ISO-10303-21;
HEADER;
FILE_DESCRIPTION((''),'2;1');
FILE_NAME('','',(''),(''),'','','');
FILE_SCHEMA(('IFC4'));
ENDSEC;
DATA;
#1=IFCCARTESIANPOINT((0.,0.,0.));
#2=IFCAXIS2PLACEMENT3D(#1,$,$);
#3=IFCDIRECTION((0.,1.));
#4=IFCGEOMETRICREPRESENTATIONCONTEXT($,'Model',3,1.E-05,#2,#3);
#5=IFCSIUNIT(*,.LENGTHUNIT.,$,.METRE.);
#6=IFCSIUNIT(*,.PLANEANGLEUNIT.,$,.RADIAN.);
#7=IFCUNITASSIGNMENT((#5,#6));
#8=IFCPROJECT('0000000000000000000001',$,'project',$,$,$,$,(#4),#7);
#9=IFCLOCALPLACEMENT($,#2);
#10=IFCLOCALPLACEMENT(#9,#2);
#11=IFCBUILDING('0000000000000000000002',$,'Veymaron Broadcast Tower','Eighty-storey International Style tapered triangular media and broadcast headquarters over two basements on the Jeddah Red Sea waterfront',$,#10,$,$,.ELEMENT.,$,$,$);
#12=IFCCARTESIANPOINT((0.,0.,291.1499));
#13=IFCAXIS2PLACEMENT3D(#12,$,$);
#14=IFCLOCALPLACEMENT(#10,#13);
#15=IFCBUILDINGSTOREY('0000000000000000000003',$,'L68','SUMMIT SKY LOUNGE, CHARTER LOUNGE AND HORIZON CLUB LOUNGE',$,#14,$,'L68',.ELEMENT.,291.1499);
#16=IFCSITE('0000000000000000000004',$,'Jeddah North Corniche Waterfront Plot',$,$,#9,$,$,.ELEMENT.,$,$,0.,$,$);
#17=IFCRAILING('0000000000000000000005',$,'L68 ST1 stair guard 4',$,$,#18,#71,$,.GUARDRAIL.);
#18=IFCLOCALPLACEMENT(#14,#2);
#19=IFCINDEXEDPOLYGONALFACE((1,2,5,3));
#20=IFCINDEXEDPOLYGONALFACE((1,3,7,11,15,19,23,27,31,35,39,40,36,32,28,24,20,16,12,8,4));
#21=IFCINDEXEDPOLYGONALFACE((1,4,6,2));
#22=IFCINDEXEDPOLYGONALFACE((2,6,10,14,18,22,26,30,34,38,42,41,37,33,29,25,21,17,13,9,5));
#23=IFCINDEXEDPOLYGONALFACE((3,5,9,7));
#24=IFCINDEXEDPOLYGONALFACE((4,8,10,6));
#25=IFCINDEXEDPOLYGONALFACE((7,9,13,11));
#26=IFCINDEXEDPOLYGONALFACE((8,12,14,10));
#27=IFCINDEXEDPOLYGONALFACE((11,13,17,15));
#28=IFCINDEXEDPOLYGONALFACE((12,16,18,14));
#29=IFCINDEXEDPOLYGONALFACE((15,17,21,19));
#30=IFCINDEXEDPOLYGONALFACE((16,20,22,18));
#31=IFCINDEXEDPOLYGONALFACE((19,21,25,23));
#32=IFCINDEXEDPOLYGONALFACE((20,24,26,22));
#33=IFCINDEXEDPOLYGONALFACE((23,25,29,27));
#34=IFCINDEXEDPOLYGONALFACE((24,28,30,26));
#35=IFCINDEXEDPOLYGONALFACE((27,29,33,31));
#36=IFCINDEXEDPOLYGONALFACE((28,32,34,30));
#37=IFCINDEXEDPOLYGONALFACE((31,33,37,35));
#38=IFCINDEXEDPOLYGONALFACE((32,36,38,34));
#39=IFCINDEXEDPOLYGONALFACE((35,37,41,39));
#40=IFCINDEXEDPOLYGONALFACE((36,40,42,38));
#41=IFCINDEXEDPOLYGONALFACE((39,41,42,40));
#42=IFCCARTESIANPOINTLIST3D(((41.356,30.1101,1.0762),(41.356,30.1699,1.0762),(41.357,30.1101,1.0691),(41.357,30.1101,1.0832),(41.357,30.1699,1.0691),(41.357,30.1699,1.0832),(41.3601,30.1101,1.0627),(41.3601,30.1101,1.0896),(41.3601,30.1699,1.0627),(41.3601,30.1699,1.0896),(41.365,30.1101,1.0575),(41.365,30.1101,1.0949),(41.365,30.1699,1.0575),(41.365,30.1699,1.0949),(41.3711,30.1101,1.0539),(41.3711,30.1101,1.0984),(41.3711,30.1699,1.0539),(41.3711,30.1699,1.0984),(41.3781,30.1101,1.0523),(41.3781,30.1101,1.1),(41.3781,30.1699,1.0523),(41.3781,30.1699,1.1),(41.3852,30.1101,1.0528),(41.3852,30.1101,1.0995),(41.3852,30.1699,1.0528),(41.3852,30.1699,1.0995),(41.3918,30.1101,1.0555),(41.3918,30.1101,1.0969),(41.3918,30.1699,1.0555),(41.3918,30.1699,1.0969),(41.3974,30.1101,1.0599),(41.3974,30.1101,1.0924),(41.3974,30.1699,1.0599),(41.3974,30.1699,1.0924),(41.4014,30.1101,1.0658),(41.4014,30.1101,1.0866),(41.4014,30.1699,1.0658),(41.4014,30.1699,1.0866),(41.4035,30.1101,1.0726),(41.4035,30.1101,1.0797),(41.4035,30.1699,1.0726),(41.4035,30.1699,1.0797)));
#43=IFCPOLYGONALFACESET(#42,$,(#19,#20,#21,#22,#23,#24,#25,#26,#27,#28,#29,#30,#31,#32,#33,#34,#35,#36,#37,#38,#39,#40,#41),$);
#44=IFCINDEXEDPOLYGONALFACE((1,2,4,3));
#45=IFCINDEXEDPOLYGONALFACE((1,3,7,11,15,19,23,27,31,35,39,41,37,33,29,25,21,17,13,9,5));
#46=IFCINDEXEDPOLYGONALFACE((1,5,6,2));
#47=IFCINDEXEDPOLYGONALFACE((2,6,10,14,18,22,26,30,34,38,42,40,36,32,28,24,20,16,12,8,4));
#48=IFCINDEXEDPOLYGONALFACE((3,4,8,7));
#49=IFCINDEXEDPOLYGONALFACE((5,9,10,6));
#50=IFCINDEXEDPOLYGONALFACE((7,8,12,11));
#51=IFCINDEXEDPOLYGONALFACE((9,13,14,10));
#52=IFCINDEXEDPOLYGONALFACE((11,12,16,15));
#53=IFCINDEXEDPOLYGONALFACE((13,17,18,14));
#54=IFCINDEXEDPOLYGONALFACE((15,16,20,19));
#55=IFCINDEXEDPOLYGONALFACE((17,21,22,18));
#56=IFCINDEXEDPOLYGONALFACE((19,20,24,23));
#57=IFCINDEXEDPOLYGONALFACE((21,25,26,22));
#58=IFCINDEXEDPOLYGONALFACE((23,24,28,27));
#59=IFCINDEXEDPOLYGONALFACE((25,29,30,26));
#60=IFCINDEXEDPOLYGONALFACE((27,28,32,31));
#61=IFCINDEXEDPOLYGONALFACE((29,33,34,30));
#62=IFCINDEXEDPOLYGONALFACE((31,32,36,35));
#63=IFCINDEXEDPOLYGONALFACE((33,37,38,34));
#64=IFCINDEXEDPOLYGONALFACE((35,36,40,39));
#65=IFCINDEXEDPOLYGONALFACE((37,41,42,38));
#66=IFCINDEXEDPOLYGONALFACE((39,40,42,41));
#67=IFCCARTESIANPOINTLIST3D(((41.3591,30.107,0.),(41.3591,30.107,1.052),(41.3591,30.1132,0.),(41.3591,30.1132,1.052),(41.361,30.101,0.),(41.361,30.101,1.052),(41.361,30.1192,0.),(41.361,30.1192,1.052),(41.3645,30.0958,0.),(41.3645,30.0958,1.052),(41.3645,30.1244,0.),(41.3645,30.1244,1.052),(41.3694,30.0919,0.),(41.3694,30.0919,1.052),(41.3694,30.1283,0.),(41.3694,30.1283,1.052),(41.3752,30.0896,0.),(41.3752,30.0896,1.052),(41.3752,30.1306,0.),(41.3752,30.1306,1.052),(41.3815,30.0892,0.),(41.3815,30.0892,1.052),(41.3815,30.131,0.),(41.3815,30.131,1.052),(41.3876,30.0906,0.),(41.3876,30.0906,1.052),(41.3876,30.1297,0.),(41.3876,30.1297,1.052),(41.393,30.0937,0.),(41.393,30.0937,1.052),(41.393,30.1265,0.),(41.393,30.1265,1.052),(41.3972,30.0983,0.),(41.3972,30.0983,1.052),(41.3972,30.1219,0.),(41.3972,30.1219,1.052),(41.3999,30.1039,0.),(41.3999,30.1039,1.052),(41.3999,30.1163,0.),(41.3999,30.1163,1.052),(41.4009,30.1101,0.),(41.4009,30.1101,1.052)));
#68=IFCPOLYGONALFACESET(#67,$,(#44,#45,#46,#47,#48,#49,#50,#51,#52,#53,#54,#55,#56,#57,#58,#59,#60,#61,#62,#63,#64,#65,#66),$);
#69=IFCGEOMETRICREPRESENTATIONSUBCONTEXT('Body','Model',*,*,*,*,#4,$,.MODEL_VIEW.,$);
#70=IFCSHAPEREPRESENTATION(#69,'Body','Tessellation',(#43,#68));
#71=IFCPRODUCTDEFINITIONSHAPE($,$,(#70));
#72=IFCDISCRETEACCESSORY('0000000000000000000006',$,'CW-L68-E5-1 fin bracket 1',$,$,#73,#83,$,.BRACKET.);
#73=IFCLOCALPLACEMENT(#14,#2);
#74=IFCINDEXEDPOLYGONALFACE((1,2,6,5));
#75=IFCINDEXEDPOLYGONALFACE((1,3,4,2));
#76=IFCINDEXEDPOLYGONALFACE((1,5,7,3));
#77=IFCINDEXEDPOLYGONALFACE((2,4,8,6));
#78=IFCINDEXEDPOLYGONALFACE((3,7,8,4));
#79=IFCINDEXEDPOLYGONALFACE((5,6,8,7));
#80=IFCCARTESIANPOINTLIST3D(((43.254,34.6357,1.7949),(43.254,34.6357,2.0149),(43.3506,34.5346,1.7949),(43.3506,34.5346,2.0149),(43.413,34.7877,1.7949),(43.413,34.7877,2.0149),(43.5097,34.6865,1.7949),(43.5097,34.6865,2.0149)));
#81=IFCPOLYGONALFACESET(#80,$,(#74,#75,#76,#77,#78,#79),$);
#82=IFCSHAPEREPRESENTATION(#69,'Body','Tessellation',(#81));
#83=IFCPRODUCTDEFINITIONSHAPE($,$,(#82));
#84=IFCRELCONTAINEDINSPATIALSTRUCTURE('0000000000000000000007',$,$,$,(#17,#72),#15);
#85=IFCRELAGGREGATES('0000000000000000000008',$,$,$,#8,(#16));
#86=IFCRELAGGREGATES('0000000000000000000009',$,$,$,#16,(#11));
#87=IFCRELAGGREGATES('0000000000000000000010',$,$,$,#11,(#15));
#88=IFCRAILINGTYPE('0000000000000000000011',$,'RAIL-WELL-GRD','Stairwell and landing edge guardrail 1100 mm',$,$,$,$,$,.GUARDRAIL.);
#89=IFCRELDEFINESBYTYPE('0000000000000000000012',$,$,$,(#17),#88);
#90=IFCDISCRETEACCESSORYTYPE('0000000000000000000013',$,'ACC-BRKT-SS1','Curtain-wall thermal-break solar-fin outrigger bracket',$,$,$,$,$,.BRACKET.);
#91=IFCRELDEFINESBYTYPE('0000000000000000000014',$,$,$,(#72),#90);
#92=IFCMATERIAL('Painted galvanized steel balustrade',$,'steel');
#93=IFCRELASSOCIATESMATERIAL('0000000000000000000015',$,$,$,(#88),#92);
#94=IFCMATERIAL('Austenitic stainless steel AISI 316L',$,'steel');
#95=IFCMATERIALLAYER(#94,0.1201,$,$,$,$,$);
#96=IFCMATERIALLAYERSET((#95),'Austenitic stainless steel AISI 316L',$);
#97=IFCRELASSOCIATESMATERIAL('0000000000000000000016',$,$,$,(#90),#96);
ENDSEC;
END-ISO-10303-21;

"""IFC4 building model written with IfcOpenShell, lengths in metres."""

from ifc_helpers import new_model, si_unit, direction, frame, origin, origin_2d, place, context, subcontext, project, spatial, rectangle, circle, extrude, material, layer, layer_set, type_object, element, save


model = new_model("IFC4")

# Units and contexts
model_context = context("Model", 3, precision=1e-05, world=origin(), true_north=direction((0.0, 1.0)))
body_context = subcontext(model_context, "Body", "Model", "MODEL_VIEW")
ifc_project = project(units=[si_unit("LENGTHUNIT", "METRE"), si_unit("PLANEANGLEUNIT", "RADIAN")], contexts=[model_context])

# Site, building, storey
site_placement = place(None, origin())
site = spatial("IfcSite", under=ifc_project, at=site_placement, Name="Jeddah North Corniche Waterfront Plot", CompositionType="ELEMENT", RefElevation=0.0)
building_placement = place(site_placement, origin())
building = spatial("IfcBuilding", under=site, at=building_placement, Name="Veymaron Broadcast Tower", Description="Eighty-storey International Style tapered triangular media and broadcast headquarters over two basements on the Jeddah Red Sea waterfront", CompositionType="ELEMENT")
storey_placement = place(building_placement, frame((0.0, 0.0, 291.1499)))
storey = spatial("IfcBuildingStorey", under=building, at=storey_placement, Name="L68", Description="SUMMIT SKY LOUNGE, CHARTER LOUNGE AND HORIZON CLUB LOUNGE", LongName="L68", CompositionType="ELEMENT", Elevation=291.1499)

# Railing
ifc_material_1 = material(Name="Painted galvanized steel balustrade", Category="steel")
railing_type_1 = type_object("IfcRailingType", Name="RAIL-WELL-GRD", Description="Stairwell and landing edge guardrail 1100 mm", PredefinedType="GUARDRAIL", material=ifc_material_1)
railing_1_placement = place(storey_placement, frame((41.3799, 30.1101, 0.0)))
element("IfcRailing", 1, at=railing_1_placement, inside=storey, type_object=railing_type_1, Name="L68 ST1 stair guard 4", PredefinedType="GUARDRAIL", context=body_context, shape_type="SweptSolid", body=[
    extrude(circle(Radius=0.0239, at=origin_2d()), frame((0.0, 0.0, 1.0762), z_axis=(0.0, 1.0, 0.0), x_axis=(-1.0, 0.0, 0.0)), (0.0, 0.0, 1.0), 0.0598),
    extrude(circle(Radius=0.021, at=origin_2d()), origin(), (0.0, 0.0, 1.0), 1.052),
])

# Discrete accessory
ifc_material_2 = material(Name="Austenitic stainless steel AISI 316L", Category="steel")
ifc_layer_1 = layer(ifc_material_2, 0.1201)
ifc_layer_set_1 = layer_set([ifc_layer_1], Name="Austenitic stainless steel AISI 316L")
discrete_accessory_type = type_object("IfcDiscreteAccessoryType", Name="ACC-BRKT-SS1", Description="Curtain-wall thermal-break solar-fin outrigger bracket", PredefinedType="BRACKET", material=ifc_layer_set_1)
discrete_accessory_placement = place(storey_placement, frame((43.3818, 34.6611, 1.7949), z_axis=(0.0, 0.0, 1.0), x_axis=(0.722979, 0.69087, 0.0)))
element("IfcDiscreteAccessory", 2, at=discrete_accessory_placement, inside=storey, type_object=discrete_accessory_type, Name="CW-L68-E5-1 fin bracket 1", PredefinedType="BRACKET", context=body_context, shape_type="SweptSolid", body=[
    extrude(rectangle(XDim=0.22, YDim=0.1399, at=origin_2d()), origin(), (0.0, 0.0, 1.0), 0.22),
])

save(model, "model.ifc")
